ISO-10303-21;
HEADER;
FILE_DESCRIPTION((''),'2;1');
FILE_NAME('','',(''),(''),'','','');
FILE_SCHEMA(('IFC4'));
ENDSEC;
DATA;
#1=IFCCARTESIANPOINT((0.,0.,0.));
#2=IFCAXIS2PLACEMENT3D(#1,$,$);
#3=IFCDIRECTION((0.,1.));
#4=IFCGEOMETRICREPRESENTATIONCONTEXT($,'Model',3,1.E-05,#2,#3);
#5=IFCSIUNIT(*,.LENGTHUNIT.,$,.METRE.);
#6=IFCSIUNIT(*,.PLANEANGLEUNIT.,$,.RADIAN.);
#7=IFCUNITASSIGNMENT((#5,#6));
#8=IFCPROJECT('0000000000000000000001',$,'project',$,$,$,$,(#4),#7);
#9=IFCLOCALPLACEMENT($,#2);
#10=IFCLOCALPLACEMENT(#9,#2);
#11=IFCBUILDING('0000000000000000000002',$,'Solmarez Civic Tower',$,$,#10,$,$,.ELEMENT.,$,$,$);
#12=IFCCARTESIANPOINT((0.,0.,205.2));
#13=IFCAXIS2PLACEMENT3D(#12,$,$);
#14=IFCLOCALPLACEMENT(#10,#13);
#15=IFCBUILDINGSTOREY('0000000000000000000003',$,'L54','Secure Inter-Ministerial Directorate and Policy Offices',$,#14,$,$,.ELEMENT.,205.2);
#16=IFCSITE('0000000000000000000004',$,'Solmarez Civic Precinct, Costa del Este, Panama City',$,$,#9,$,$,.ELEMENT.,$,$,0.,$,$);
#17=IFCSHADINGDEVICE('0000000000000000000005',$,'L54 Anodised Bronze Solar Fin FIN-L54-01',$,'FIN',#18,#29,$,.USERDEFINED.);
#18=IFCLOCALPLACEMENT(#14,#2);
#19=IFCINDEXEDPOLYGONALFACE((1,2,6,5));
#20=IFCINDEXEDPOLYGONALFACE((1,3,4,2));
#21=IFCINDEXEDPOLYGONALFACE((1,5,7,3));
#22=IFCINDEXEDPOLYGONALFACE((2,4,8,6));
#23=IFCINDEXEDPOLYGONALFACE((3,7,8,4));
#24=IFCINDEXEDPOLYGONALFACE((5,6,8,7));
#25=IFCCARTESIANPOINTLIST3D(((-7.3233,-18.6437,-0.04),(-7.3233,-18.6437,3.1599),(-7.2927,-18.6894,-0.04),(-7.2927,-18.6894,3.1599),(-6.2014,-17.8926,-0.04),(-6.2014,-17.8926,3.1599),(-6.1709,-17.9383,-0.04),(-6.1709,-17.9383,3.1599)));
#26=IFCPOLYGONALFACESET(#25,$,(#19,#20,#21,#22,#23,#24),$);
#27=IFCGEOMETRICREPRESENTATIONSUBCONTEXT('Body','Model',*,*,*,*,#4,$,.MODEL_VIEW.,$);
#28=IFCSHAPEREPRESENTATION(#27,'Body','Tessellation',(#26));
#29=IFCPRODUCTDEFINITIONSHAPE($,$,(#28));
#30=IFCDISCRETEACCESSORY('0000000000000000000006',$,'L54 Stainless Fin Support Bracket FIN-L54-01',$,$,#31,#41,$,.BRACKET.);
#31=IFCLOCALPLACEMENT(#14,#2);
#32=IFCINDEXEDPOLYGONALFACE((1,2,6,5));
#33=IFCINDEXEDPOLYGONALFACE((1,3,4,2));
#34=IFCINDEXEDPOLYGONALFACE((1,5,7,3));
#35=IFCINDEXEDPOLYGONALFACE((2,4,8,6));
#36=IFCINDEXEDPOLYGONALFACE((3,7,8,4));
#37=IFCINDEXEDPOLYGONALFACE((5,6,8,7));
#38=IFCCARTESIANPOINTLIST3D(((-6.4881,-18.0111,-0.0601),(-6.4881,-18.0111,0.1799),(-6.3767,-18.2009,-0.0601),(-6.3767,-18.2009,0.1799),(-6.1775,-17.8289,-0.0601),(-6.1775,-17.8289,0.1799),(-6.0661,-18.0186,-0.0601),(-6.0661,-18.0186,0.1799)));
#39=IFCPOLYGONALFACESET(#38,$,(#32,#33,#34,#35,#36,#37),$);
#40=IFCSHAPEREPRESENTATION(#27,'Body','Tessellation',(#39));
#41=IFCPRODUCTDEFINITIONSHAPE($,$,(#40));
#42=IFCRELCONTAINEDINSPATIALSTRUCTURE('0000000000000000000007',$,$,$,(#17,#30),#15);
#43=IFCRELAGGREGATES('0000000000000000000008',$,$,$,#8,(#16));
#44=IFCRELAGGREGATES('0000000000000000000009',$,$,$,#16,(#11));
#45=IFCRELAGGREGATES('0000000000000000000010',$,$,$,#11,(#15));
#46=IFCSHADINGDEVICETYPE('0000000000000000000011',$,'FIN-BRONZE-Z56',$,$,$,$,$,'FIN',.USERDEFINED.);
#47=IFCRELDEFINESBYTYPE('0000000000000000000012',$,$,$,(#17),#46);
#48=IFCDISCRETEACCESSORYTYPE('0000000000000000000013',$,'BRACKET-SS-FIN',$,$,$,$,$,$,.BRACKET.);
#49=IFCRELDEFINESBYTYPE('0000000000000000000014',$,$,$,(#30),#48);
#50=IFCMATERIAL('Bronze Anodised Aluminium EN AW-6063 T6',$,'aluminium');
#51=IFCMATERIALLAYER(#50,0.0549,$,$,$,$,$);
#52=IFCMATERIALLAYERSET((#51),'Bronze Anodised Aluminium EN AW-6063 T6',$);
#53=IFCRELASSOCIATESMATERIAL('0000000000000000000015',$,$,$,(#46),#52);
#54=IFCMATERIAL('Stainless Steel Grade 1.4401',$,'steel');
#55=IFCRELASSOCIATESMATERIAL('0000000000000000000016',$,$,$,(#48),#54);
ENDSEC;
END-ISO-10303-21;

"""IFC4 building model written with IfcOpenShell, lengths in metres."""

from ifc_helpers import new_model, si_unit, direction, frame, origin, origin_2d, place, context, subcontext, project, spatial, rectangle, extrude, material, layer, layer_set, type_object, element, save


model = new_model("IFC4")

# Units and contexts
model_context = context("Model", 3, precision=1e-05, world=origin(), true_north=direction((0.0, 1.0)))
body_context = subcontext(model_context, "Body", "Model", "MODEL_VIEW")
ifc_project = project(units=[si_unit("LENGTHUNIT", "METRE"), si_unit("PLANEANGLEUNIT", "RADIAN")], contexts=[model_context])

# Site, building, storey
site_placement = place(None, origin())
site = spatial("IfcSite", under=ifc_project, at=site_placement, Name="Solmarez Civic Precinct, Costa del Este, Panama City", CompositionType="ELEMENT", RefElevation=0.0)
building_placement = place(site_placement, origin())
building = spatial("IfcBuilding", under=site, at=building_placement, Name="Solmarez Civic Tower", CompositionType="ELEMENT")
storey_placement = place(building_placement, frame((0.0, 0.0, 205.2)))
storey = spatial("IfcBuildingStorey", under=building, at=storey_placement, Name="L54", Description="Secure Inter-Ministerial Directorate and Policy Offices", CompositionType="ELEMENT", Elevation=205.2)

# Shading device
ifc_material_1 = material(Name="Bronze Anodised Aluminium EN AW-6063 T6", Category="aluminium")
ifc_layer_1 = layer(ifc_material_1, 0.0549)
ifc_layer_set_1 = layer_set([ifc_layer_1], Name="Bronze Anodised Aluminium EN AW-6063 T6")
shading_device_type = type_object("IfcShadingDeviceType", Name="FIN-BRONZE-Z56", ElementType="FIN", PredefinedType="USERDEFINED", material=ifc_layer_set_1)
shading_device_placement = place(storey_placement, frame((-6.7471, -18.291, -0.04), z_axis=(0.0, 0.0, 1.0), x_axis=(-0.830955, -0.556339, 0.0)))
element("IfcShadingDevice", 1, at=shading_device_placement, inside=storey, type_object=shading_device_type, Name="L54 Anodised Bronze Solar Fin FIN-L54-01", ObjectType="FIN", PredefinedType="USERDEFINED", context=body_context, shape_type="SweptSolid", body=[
    extrude(rectangle(XDim=1.3501, YDim=0.0549, at=origin_2d()), origin(), (0.0, 0.0, 1.0), 3.2),
])

# Discrete accessory
ifc_material_2 = material(Name="Stainless Steel Grade 1.4401", Category="steel")
discrete_accessory_type = type_object("IfcDiscreteAccessoryType", Name="BRACKET-SS-FIN", PredefinedType="BRACKET", material=ifc_material_2)
discrete_accessory_placement = place(storey_placement, frame((-6.2771, -18.0149, -0.0601), z_axis=(0.0, 0.0, 1.0), x_axis=(-0.862509, -0.506042, 0.0)))
element("IfcDiscreteAccessory", 2, at=discrete_accessory_placement, inside=storey, type_object=discrete_accessory_type, Name="L54 Stainless Fin Support Bracket FIN-L54-01", PredefinedType="BRACKET", context=body_context, shape_type="SweptSolid", body=[
    extrude(rectangle(XDim=0.3601, YDim=0.22, at=origin_2d()), origin(), (0.0, 0.0, 1.0), 0.24),
])

save(model, "model.ifc")
